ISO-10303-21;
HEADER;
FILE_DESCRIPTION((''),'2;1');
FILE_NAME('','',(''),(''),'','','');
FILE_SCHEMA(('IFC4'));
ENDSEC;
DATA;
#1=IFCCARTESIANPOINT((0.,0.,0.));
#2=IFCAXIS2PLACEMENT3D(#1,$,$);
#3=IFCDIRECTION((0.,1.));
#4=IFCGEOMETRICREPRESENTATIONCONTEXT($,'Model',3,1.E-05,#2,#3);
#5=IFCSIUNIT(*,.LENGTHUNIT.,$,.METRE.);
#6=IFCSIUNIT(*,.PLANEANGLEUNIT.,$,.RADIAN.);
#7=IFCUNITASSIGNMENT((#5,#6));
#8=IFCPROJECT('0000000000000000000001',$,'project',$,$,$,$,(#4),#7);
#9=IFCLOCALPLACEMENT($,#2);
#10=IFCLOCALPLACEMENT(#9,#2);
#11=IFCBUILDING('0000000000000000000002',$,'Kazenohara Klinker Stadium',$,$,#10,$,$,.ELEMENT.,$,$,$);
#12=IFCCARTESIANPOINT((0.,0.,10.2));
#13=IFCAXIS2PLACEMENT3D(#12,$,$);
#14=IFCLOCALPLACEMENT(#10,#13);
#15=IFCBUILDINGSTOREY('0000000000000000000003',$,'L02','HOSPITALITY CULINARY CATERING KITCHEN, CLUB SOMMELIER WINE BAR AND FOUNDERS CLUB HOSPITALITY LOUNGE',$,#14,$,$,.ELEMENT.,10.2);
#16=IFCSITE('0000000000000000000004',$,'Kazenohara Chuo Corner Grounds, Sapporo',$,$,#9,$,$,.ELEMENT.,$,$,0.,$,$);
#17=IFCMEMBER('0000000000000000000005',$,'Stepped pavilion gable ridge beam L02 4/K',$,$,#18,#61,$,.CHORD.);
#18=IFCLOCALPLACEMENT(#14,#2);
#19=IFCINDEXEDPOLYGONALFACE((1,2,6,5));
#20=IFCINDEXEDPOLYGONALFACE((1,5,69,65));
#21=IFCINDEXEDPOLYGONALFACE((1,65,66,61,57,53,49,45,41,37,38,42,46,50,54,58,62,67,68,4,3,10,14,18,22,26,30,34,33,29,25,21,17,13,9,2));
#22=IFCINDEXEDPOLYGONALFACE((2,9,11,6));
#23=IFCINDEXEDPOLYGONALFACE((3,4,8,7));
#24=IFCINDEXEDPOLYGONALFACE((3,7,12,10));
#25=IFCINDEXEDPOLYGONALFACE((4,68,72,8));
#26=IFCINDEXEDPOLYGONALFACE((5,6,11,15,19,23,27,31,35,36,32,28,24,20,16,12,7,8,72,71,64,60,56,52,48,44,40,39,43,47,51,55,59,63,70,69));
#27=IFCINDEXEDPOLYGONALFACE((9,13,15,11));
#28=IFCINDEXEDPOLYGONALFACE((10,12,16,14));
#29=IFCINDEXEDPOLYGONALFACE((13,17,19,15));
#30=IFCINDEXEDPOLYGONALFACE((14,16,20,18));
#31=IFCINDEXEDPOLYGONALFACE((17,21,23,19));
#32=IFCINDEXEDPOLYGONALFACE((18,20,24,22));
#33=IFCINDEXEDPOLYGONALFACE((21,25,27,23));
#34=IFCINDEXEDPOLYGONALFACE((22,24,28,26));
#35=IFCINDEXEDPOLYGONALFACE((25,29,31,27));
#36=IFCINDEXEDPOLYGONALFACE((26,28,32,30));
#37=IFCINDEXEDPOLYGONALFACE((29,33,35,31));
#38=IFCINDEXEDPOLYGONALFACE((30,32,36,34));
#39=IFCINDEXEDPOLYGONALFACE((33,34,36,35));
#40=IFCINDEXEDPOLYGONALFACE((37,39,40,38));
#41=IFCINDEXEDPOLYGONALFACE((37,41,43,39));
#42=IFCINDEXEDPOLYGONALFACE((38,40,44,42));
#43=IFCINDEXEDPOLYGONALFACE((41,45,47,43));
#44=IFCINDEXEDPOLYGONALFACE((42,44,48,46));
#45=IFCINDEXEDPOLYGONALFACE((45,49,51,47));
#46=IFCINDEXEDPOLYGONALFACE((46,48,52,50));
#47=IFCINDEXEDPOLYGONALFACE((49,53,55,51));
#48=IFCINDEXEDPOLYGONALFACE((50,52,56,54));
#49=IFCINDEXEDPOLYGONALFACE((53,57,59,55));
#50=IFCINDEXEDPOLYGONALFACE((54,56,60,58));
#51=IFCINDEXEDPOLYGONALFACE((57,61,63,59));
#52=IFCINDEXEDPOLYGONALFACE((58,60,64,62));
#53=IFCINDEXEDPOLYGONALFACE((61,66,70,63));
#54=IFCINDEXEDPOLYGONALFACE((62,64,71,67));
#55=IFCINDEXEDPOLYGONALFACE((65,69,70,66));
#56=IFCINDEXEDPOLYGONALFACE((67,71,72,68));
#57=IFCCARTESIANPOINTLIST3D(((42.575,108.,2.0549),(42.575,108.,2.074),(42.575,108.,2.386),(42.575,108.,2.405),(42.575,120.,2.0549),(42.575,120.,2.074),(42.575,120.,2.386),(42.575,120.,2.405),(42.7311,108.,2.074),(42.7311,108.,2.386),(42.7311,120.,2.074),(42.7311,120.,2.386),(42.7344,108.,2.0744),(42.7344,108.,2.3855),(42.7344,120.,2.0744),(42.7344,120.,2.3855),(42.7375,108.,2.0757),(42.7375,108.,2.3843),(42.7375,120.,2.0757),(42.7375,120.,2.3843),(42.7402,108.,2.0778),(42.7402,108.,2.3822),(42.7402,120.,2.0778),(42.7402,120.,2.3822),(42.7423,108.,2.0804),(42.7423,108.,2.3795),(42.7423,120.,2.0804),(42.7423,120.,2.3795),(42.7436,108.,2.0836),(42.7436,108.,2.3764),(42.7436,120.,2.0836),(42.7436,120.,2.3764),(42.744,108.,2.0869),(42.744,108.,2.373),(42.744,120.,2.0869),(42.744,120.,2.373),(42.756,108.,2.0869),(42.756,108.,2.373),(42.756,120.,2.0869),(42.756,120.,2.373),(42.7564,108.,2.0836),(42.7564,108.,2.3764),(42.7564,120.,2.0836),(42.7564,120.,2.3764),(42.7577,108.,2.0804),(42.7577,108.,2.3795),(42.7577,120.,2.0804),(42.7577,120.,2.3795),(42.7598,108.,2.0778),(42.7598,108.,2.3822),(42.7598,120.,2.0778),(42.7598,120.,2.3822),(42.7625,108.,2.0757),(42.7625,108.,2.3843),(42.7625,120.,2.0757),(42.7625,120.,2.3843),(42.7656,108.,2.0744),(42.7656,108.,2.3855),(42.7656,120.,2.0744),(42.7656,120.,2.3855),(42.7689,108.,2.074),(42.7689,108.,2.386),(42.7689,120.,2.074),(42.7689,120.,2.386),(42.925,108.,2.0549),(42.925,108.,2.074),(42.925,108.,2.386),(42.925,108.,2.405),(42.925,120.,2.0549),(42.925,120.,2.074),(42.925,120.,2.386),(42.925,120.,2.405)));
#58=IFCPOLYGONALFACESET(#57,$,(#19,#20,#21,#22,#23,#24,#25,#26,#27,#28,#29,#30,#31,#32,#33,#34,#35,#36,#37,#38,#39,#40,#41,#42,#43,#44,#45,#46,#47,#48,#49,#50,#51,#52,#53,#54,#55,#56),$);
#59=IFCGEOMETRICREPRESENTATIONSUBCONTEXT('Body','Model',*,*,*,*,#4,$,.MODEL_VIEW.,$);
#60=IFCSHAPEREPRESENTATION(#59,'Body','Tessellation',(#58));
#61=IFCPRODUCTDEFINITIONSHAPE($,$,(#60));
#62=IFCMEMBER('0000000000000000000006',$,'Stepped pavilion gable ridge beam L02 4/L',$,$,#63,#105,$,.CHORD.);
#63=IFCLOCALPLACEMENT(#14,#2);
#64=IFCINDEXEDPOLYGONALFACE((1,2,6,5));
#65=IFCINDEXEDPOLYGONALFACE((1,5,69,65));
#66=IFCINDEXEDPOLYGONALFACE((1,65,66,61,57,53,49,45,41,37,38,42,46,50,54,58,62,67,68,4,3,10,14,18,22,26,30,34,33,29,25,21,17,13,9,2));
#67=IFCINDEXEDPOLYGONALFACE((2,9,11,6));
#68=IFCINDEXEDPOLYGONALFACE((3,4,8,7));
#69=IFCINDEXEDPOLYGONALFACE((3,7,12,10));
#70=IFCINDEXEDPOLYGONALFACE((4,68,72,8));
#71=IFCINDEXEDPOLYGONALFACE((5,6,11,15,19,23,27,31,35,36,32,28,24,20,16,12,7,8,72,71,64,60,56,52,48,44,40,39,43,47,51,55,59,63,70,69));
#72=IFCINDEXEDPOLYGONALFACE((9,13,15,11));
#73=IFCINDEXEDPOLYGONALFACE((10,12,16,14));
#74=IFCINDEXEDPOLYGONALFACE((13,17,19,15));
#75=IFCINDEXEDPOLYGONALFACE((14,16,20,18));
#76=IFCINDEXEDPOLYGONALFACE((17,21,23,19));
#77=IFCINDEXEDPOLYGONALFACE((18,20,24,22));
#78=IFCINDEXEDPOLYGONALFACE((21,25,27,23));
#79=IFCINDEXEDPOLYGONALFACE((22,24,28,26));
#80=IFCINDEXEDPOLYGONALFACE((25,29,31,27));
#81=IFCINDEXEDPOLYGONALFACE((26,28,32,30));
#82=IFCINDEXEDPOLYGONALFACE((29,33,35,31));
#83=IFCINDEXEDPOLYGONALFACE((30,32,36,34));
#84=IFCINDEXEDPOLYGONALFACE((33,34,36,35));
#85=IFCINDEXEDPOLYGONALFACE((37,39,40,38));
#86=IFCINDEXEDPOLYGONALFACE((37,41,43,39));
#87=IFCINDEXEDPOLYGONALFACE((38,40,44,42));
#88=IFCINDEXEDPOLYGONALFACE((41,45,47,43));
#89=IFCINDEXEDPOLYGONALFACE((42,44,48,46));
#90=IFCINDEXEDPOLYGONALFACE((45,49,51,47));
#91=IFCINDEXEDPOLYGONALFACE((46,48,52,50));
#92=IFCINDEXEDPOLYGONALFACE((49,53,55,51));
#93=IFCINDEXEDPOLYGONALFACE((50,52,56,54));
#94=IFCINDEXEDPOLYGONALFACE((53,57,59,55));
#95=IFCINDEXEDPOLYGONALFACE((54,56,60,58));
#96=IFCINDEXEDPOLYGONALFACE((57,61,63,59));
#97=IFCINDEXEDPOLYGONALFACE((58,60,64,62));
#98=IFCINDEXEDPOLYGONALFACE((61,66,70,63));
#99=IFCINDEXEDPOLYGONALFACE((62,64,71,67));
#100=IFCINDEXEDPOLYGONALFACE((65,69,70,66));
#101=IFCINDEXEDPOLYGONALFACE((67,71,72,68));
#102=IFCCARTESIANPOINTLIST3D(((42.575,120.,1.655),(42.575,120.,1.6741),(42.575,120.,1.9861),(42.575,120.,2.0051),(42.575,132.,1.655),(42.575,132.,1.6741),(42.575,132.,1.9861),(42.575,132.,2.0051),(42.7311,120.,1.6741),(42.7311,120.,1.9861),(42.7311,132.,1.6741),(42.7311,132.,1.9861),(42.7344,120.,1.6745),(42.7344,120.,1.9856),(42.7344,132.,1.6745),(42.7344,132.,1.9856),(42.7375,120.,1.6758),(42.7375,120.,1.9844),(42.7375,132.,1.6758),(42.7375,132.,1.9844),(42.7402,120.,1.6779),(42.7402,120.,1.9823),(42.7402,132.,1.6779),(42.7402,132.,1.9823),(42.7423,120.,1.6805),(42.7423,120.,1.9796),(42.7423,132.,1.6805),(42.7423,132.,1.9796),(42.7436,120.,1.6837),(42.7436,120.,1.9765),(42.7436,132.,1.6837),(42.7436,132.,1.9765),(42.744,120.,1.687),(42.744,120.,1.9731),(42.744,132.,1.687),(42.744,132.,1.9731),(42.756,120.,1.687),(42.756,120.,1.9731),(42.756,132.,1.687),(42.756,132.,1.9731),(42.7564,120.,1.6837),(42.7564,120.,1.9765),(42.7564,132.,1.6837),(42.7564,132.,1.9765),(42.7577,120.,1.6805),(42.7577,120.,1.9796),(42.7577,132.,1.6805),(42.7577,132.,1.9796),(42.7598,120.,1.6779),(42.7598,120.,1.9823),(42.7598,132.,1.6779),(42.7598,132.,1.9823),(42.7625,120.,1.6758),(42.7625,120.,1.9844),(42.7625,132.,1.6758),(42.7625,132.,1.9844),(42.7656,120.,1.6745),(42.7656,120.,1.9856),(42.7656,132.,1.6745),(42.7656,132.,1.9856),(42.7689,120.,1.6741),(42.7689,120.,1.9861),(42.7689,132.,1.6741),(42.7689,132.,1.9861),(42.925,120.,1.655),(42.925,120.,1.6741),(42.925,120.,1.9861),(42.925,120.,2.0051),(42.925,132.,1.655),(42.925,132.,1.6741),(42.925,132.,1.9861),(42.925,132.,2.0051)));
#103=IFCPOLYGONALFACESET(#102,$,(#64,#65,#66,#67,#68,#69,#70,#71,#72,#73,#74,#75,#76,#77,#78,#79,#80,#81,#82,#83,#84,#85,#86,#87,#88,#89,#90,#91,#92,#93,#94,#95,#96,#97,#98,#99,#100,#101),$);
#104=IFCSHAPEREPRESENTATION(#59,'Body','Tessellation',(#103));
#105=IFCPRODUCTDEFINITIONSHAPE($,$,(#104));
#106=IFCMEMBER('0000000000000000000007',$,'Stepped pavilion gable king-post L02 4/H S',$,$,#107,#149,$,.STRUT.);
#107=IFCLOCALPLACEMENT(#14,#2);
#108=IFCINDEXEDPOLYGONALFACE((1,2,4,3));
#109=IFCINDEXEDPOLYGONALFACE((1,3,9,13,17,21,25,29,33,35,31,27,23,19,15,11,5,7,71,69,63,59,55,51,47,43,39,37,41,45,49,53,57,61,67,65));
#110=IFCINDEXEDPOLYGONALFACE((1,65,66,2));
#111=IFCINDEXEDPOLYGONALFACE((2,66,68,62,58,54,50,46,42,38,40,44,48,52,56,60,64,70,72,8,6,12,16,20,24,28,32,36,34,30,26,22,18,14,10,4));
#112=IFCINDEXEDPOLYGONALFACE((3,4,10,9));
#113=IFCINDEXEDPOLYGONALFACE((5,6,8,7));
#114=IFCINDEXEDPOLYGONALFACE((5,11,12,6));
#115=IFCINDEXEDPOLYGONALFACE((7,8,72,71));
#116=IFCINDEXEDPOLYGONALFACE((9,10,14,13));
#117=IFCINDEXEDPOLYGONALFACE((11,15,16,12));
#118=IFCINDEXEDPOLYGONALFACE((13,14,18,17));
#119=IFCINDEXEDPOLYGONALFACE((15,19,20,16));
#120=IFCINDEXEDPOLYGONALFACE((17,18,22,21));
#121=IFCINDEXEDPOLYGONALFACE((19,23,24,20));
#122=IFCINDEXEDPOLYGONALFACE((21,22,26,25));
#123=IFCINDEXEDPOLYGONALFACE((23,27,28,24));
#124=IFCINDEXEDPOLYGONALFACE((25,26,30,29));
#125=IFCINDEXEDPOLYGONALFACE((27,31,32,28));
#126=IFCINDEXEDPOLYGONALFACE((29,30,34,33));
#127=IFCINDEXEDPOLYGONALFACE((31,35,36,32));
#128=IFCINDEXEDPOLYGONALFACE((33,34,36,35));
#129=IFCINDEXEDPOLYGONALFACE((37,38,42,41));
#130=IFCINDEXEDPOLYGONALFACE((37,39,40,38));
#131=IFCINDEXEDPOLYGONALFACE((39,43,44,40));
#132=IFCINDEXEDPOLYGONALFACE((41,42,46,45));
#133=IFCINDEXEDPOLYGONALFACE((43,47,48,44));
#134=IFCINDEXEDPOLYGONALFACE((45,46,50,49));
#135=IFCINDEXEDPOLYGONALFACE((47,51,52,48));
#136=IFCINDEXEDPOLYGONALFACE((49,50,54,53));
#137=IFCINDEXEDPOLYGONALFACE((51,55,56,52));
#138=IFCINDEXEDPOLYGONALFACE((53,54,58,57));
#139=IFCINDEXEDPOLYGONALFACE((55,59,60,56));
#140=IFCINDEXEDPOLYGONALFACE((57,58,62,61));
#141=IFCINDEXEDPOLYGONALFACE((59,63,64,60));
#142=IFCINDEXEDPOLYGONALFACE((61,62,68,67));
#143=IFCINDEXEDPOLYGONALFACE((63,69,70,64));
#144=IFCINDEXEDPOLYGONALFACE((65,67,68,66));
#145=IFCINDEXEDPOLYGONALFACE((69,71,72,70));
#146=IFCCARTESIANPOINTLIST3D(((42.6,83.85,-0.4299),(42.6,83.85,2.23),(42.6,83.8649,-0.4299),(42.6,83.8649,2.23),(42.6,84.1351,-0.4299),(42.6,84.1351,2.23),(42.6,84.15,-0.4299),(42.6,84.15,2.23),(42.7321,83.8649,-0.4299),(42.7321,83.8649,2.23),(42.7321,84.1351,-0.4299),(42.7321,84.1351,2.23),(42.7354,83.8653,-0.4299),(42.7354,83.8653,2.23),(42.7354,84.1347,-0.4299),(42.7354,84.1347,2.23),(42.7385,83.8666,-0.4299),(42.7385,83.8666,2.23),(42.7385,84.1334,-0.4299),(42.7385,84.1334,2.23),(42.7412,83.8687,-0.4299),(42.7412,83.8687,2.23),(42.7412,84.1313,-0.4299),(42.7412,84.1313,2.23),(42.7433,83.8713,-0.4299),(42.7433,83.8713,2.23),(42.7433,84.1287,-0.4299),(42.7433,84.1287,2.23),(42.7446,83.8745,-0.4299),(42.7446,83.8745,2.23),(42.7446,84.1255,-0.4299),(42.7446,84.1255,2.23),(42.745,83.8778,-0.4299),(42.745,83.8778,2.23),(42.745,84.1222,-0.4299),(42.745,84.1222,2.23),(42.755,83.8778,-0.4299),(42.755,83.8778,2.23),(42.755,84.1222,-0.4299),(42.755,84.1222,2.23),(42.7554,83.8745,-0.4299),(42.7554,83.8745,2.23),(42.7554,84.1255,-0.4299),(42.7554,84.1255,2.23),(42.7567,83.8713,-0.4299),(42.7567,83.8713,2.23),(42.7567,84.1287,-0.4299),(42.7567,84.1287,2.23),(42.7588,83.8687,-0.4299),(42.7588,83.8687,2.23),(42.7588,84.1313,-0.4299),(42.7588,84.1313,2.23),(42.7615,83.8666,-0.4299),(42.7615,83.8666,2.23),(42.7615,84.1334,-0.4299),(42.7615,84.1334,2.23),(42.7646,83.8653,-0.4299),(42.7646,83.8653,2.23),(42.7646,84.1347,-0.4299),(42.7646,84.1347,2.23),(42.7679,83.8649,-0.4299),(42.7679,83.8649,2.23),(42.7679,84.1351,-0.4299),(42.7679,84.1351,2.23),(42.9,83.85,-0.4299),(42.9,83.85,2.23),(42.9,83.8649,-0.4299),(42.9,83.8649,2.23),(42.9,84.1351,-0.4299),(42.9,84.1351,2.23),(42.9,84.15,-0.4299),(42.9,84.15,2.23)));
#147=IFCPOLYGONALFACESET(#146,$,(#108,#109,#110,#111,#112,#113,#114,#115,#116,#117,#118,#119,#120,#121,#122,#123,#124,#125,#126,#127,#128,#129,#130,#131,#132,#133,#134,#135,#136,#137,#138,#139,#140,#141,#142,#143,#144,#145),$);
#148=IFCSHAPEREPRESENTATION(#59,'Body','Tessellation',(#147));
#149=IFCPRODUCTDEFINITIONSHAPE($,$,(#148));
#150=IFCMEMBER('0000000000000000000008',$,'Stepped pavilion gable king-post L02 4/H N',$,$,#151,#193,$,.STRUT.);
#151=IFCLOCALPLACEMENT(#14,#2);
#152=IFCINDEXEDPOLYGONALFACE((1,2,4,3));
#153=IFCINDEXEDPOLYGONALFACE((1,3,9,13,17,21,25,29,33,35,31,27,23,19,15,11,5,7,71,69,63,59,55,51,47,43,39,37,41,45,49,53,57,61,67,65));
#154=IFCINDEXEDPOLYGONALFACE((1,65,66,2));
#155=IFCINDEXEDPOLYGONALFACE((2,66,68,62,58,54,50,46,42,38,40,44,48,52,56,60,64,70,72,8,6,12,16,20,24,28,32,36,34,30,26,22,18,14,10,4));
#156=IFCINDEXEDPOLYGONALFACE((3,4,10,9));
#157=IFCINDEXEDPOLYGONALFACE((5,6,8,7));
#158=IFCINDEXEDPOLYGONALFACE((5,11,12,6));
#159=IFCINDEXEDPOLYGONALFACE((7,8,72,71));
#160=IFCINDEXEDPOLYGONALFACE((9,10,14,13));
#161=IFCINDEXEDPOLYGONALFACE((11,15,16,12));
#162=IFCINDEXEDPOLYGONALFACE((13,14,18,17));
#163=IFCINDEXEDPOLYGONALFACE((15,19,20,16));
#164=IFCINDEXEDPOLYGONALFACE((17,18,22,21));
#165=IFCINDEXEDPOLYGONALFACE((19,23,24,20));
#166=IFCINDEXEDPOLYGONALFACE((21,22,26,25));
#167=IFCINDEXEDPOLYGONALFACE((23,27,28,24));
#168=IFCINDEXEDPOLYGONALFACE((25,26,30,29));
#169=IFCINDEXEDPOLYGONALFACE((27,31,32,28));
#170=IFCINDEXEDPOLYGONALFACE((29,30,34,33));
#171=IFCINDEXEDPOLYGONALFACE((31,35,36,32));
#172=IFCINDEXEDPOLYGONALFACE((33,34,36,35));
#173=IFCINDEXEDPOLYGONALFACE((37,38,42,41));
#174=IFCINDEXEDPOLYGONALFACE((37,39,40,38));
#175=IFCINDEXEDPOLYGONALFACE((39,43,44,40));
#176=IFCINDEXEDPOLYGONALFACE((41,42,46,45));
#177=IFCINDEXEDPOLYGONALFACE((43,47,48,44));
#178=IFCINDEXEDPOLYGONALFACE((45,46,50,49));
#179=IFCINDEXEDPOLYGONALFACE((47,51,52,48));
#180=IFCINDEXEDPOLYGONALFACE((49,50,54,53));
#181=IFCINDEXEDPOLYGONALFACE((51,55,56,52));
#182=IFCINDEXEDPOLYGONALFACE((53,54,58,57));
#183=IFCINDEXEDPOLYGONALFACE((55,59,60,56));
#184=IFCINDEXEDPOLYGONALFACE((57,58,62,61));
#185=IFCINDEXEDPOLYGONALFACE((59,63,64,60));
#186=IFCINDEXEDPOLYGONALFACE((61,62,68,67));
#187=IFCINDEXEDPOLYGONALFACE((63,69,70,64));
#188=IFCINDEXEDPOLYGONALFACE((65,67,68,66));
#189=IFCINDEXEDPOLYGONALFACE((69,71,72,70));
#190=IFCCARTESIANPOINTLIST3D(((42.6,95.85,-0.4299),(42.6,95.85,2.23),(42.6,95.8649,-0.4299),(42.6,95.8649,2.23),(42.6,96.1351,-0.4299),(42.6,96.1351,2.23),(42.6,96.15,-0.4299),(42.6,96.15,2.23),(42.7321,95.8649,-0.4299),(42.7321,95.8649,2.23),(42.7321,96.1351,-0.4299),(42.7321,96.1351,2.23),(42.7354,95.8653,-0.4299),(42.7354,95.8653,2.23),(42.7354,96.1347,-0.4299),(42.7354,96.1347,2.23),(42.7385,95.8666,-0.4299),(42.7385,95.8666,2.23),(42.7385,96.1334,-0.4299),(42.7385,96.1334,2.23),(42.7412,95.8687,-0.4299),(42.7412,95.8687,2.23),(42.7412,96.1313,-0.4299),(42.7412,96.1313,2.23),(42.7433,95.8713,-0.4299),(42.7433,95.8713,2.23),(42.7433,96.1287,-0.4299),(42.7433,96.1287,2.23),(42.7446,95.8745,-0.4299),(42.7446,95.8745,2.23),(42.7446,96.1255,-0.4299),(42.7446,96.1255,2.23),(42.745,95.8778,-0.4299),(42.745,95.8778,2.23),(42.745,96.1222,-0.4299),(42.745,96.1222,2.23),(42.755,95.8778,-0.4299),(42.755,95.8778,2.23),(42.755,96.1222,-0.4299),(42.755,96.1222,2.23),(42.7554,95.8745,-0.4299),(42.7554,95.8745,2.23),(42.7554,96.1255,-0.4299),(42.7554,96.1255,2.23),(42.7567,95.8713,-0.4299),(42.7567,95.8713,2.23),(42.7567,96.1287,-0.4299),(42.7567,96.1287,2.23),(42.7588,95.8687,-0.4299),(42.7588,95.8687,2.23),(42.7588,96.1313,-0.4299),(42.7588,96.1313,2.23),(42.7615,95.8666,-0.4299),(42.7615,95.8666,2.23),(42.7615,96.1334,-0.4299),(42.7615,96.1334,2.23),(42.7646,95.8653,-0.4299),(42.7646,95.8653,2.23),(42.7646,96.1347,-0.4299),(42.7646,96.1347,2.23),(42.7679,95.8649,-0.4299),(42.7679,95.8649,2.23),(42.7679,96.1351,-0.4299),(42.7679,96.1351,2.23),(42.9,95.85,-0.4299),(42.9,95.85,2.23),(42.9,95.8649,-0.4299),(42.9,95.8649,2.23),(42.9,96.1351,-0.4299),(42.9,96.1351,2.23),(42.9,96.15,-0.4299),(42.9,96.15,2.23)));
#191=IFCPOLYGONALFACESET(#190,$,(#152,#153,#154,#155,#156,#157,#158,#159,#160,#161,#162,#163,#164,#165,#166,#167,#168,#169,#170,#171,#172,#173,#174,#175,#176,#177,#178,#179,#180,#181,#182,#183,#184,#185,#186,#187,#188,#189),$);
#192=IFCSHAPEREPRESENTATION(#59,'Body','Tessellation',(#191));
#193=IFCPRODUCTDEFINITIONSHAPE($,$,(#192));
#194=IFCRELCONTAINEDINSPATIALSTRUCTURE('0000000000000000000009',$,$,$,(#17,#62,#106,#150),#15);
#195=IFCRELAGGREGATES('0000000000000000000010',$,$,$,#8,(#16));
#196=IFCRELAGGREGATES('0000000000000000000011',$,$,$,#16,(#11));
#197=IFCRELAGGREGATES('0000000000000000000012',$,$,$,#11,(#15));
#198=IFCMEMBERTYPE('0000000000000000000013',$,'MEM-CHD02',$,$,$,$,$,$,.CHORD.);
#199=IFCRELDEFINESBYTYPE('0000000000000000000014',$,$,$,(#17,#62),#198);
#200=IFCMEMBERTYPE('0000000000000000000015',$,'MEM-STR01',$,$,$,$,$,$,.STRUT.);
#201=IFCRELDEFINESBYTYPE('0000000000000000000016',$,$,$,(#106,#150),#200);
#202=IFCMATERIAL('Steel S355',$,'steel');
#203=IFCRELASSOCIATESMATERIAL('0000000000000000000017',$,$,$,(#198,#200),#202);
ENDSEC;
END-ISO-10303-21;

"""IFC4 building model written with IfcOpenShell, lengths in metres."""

from ifc_helpers import new_model, si_unit, direction, frame, origin, origin_2d, place, context, subcontext, project, spatial, i_section, extrude, material, material_profile, profile_set, type_object, element, save


model = new_model("IFC4")

# Units and contexts
model_context = context("Model", 3, precision=1e-05, world=origin(), true_north=direction((0.0, 1.0)))
body_context = subcontext(model_context, "Body", "Model", "MODEL_VIEW")
ifc_project = project(units=[si_unit("LENGTHUNIT", "METRE"), si_unit("PLANEANGLEUNIT", "RADIAN")], contexts=[model_context])

# Site, building, storey
site_placement = place(None, origin())
site = spatial("IfcSite", under=ifc_project, at=site_placement, Name="Kazenohara Chuo Corner Grounds, Sapporo", CompositionType="ELEMENT", RefElevation=0.0)
building_placement = place(site_placement, origin())
building = spatial("IfcBuilding", under=site, at=building_placement, Name="Kazenohara Klinker Stadium", CompositionType="ELEMENT")
storey_placement = place(building_placement, frame((0.0, 0.0, 10.2)))
storey = spatial("IfcBuildingStorey", under=building, at=storey_placement, Name="L02", Description="HOSPITALITY CULINARY CATERING KITCHEN, CLUB SOMMELIER WINE BAR AND FOUNDERS CLUB HOSPITALITY LOUNGE", CompositionType="ELEMENT", Elevation=10.2)

# Shared definitions
ifc_material_1 = material(Name="Steel S355", Category="steel")

# Members
ifc_material_profile_1 = material_profile(ifc_material_1, i_section(OverallWidth=0.3501, OverallDepth=0.3501, WebThickness=0.012, FlangeThickness=0.019, FilletRadius=0.0129, at=origin_2d()), Name="H-350x350x12x19")
ifc_profile_set_1 = profile_set([ifc_material_profile_1], Name="Steel S355")
member_type_1 = type_object("IfcMemberType", Name="MEM-CHD02", PredefinedType="CHORD", material=ifc_profile_set_1)
for number, where, z_axis, x_axis, name in (
    (1, (42.75, 108.0, 2.23), (0.0, 1.0, 0.0), (-1.0, 0.0, 0.0), "Stepped pavilion gable ridge beam L02 4/K"),
    (2, (42.75, 120.0, 1.8301), (0.0, 1.0, 0.0), (-1.0, 0.0, 0.0), "Stepped pavilion gable ridge beam L02 4/L"),
):
    element("IfcMember", number, at=place(storey_placement, frame(where, z_axis=z_axis, x_axis=x_axis)), inside=storey, type_object=member_type_1, Name=name, PredefinedType="CHORD", context=body_context, shape_type="SweptSolid", body=[
        extrude(i_section(OverallWidth=0.3501, OverallDepth=0.3501, WebThickness=0.012, FlangeThickness=0.019, FilletRadius=0.0129, at=origin_2d()), origin(), (0.0, 0.0, 1.0), 12.0),
    ])
ifc_material_profile_2 = material_profile(ifc_material_1, i_section(OverallWidth=0.3, OverallDepth=0.3, WebThickness=0.01, FlangeThickness=0.0149, FilletRadius=0.0129, at=origin_2d()), Name="H-300x300x10x15")
ifc_profile_set_2 = profile_set([ifc_material_profile_2], Name="Steel S355")
member_type_2 = type_object("IfcMemberType", Name="MEM-STR01", PredefinedType="STRUT", material=ifc_profile_set_2)
for number, where, z_axis, x_axis, name in (
    (3, (42.75, 84.0, -0.4299), (0.0, 0.0, 1.0), (1.0, 0.0, 0.0), "Stepped pavilion gable king-post L02 4/H S"),
    (4, (42.75, 96.0, -0.4299), (0.0, 0.0, 1.0), (1.0, 0.0, 0.0), "Stepped pavilion gable king-post L02 4/H N"),
):
    element("IfcMember", number, at=place(storey_placement, frame(where, z_axis=z_axis, x_axis=x_axis)), inside=storey, type_object=member_type_2, Name=name, PredefinedType="STRUT", context=body_context, shape_type="SweptSolid", body=[
        extrude(i_section(OverallWidth=0.3, OverallDepth=0.3, WebThickness=0.01, FlangeThickness=0.0149, FilletRadius=0.0129, at=origin_2d()), origin(), (0.0, 0.0, 1.0), 2.6599),
    ])

save(model, "model.ifc")
